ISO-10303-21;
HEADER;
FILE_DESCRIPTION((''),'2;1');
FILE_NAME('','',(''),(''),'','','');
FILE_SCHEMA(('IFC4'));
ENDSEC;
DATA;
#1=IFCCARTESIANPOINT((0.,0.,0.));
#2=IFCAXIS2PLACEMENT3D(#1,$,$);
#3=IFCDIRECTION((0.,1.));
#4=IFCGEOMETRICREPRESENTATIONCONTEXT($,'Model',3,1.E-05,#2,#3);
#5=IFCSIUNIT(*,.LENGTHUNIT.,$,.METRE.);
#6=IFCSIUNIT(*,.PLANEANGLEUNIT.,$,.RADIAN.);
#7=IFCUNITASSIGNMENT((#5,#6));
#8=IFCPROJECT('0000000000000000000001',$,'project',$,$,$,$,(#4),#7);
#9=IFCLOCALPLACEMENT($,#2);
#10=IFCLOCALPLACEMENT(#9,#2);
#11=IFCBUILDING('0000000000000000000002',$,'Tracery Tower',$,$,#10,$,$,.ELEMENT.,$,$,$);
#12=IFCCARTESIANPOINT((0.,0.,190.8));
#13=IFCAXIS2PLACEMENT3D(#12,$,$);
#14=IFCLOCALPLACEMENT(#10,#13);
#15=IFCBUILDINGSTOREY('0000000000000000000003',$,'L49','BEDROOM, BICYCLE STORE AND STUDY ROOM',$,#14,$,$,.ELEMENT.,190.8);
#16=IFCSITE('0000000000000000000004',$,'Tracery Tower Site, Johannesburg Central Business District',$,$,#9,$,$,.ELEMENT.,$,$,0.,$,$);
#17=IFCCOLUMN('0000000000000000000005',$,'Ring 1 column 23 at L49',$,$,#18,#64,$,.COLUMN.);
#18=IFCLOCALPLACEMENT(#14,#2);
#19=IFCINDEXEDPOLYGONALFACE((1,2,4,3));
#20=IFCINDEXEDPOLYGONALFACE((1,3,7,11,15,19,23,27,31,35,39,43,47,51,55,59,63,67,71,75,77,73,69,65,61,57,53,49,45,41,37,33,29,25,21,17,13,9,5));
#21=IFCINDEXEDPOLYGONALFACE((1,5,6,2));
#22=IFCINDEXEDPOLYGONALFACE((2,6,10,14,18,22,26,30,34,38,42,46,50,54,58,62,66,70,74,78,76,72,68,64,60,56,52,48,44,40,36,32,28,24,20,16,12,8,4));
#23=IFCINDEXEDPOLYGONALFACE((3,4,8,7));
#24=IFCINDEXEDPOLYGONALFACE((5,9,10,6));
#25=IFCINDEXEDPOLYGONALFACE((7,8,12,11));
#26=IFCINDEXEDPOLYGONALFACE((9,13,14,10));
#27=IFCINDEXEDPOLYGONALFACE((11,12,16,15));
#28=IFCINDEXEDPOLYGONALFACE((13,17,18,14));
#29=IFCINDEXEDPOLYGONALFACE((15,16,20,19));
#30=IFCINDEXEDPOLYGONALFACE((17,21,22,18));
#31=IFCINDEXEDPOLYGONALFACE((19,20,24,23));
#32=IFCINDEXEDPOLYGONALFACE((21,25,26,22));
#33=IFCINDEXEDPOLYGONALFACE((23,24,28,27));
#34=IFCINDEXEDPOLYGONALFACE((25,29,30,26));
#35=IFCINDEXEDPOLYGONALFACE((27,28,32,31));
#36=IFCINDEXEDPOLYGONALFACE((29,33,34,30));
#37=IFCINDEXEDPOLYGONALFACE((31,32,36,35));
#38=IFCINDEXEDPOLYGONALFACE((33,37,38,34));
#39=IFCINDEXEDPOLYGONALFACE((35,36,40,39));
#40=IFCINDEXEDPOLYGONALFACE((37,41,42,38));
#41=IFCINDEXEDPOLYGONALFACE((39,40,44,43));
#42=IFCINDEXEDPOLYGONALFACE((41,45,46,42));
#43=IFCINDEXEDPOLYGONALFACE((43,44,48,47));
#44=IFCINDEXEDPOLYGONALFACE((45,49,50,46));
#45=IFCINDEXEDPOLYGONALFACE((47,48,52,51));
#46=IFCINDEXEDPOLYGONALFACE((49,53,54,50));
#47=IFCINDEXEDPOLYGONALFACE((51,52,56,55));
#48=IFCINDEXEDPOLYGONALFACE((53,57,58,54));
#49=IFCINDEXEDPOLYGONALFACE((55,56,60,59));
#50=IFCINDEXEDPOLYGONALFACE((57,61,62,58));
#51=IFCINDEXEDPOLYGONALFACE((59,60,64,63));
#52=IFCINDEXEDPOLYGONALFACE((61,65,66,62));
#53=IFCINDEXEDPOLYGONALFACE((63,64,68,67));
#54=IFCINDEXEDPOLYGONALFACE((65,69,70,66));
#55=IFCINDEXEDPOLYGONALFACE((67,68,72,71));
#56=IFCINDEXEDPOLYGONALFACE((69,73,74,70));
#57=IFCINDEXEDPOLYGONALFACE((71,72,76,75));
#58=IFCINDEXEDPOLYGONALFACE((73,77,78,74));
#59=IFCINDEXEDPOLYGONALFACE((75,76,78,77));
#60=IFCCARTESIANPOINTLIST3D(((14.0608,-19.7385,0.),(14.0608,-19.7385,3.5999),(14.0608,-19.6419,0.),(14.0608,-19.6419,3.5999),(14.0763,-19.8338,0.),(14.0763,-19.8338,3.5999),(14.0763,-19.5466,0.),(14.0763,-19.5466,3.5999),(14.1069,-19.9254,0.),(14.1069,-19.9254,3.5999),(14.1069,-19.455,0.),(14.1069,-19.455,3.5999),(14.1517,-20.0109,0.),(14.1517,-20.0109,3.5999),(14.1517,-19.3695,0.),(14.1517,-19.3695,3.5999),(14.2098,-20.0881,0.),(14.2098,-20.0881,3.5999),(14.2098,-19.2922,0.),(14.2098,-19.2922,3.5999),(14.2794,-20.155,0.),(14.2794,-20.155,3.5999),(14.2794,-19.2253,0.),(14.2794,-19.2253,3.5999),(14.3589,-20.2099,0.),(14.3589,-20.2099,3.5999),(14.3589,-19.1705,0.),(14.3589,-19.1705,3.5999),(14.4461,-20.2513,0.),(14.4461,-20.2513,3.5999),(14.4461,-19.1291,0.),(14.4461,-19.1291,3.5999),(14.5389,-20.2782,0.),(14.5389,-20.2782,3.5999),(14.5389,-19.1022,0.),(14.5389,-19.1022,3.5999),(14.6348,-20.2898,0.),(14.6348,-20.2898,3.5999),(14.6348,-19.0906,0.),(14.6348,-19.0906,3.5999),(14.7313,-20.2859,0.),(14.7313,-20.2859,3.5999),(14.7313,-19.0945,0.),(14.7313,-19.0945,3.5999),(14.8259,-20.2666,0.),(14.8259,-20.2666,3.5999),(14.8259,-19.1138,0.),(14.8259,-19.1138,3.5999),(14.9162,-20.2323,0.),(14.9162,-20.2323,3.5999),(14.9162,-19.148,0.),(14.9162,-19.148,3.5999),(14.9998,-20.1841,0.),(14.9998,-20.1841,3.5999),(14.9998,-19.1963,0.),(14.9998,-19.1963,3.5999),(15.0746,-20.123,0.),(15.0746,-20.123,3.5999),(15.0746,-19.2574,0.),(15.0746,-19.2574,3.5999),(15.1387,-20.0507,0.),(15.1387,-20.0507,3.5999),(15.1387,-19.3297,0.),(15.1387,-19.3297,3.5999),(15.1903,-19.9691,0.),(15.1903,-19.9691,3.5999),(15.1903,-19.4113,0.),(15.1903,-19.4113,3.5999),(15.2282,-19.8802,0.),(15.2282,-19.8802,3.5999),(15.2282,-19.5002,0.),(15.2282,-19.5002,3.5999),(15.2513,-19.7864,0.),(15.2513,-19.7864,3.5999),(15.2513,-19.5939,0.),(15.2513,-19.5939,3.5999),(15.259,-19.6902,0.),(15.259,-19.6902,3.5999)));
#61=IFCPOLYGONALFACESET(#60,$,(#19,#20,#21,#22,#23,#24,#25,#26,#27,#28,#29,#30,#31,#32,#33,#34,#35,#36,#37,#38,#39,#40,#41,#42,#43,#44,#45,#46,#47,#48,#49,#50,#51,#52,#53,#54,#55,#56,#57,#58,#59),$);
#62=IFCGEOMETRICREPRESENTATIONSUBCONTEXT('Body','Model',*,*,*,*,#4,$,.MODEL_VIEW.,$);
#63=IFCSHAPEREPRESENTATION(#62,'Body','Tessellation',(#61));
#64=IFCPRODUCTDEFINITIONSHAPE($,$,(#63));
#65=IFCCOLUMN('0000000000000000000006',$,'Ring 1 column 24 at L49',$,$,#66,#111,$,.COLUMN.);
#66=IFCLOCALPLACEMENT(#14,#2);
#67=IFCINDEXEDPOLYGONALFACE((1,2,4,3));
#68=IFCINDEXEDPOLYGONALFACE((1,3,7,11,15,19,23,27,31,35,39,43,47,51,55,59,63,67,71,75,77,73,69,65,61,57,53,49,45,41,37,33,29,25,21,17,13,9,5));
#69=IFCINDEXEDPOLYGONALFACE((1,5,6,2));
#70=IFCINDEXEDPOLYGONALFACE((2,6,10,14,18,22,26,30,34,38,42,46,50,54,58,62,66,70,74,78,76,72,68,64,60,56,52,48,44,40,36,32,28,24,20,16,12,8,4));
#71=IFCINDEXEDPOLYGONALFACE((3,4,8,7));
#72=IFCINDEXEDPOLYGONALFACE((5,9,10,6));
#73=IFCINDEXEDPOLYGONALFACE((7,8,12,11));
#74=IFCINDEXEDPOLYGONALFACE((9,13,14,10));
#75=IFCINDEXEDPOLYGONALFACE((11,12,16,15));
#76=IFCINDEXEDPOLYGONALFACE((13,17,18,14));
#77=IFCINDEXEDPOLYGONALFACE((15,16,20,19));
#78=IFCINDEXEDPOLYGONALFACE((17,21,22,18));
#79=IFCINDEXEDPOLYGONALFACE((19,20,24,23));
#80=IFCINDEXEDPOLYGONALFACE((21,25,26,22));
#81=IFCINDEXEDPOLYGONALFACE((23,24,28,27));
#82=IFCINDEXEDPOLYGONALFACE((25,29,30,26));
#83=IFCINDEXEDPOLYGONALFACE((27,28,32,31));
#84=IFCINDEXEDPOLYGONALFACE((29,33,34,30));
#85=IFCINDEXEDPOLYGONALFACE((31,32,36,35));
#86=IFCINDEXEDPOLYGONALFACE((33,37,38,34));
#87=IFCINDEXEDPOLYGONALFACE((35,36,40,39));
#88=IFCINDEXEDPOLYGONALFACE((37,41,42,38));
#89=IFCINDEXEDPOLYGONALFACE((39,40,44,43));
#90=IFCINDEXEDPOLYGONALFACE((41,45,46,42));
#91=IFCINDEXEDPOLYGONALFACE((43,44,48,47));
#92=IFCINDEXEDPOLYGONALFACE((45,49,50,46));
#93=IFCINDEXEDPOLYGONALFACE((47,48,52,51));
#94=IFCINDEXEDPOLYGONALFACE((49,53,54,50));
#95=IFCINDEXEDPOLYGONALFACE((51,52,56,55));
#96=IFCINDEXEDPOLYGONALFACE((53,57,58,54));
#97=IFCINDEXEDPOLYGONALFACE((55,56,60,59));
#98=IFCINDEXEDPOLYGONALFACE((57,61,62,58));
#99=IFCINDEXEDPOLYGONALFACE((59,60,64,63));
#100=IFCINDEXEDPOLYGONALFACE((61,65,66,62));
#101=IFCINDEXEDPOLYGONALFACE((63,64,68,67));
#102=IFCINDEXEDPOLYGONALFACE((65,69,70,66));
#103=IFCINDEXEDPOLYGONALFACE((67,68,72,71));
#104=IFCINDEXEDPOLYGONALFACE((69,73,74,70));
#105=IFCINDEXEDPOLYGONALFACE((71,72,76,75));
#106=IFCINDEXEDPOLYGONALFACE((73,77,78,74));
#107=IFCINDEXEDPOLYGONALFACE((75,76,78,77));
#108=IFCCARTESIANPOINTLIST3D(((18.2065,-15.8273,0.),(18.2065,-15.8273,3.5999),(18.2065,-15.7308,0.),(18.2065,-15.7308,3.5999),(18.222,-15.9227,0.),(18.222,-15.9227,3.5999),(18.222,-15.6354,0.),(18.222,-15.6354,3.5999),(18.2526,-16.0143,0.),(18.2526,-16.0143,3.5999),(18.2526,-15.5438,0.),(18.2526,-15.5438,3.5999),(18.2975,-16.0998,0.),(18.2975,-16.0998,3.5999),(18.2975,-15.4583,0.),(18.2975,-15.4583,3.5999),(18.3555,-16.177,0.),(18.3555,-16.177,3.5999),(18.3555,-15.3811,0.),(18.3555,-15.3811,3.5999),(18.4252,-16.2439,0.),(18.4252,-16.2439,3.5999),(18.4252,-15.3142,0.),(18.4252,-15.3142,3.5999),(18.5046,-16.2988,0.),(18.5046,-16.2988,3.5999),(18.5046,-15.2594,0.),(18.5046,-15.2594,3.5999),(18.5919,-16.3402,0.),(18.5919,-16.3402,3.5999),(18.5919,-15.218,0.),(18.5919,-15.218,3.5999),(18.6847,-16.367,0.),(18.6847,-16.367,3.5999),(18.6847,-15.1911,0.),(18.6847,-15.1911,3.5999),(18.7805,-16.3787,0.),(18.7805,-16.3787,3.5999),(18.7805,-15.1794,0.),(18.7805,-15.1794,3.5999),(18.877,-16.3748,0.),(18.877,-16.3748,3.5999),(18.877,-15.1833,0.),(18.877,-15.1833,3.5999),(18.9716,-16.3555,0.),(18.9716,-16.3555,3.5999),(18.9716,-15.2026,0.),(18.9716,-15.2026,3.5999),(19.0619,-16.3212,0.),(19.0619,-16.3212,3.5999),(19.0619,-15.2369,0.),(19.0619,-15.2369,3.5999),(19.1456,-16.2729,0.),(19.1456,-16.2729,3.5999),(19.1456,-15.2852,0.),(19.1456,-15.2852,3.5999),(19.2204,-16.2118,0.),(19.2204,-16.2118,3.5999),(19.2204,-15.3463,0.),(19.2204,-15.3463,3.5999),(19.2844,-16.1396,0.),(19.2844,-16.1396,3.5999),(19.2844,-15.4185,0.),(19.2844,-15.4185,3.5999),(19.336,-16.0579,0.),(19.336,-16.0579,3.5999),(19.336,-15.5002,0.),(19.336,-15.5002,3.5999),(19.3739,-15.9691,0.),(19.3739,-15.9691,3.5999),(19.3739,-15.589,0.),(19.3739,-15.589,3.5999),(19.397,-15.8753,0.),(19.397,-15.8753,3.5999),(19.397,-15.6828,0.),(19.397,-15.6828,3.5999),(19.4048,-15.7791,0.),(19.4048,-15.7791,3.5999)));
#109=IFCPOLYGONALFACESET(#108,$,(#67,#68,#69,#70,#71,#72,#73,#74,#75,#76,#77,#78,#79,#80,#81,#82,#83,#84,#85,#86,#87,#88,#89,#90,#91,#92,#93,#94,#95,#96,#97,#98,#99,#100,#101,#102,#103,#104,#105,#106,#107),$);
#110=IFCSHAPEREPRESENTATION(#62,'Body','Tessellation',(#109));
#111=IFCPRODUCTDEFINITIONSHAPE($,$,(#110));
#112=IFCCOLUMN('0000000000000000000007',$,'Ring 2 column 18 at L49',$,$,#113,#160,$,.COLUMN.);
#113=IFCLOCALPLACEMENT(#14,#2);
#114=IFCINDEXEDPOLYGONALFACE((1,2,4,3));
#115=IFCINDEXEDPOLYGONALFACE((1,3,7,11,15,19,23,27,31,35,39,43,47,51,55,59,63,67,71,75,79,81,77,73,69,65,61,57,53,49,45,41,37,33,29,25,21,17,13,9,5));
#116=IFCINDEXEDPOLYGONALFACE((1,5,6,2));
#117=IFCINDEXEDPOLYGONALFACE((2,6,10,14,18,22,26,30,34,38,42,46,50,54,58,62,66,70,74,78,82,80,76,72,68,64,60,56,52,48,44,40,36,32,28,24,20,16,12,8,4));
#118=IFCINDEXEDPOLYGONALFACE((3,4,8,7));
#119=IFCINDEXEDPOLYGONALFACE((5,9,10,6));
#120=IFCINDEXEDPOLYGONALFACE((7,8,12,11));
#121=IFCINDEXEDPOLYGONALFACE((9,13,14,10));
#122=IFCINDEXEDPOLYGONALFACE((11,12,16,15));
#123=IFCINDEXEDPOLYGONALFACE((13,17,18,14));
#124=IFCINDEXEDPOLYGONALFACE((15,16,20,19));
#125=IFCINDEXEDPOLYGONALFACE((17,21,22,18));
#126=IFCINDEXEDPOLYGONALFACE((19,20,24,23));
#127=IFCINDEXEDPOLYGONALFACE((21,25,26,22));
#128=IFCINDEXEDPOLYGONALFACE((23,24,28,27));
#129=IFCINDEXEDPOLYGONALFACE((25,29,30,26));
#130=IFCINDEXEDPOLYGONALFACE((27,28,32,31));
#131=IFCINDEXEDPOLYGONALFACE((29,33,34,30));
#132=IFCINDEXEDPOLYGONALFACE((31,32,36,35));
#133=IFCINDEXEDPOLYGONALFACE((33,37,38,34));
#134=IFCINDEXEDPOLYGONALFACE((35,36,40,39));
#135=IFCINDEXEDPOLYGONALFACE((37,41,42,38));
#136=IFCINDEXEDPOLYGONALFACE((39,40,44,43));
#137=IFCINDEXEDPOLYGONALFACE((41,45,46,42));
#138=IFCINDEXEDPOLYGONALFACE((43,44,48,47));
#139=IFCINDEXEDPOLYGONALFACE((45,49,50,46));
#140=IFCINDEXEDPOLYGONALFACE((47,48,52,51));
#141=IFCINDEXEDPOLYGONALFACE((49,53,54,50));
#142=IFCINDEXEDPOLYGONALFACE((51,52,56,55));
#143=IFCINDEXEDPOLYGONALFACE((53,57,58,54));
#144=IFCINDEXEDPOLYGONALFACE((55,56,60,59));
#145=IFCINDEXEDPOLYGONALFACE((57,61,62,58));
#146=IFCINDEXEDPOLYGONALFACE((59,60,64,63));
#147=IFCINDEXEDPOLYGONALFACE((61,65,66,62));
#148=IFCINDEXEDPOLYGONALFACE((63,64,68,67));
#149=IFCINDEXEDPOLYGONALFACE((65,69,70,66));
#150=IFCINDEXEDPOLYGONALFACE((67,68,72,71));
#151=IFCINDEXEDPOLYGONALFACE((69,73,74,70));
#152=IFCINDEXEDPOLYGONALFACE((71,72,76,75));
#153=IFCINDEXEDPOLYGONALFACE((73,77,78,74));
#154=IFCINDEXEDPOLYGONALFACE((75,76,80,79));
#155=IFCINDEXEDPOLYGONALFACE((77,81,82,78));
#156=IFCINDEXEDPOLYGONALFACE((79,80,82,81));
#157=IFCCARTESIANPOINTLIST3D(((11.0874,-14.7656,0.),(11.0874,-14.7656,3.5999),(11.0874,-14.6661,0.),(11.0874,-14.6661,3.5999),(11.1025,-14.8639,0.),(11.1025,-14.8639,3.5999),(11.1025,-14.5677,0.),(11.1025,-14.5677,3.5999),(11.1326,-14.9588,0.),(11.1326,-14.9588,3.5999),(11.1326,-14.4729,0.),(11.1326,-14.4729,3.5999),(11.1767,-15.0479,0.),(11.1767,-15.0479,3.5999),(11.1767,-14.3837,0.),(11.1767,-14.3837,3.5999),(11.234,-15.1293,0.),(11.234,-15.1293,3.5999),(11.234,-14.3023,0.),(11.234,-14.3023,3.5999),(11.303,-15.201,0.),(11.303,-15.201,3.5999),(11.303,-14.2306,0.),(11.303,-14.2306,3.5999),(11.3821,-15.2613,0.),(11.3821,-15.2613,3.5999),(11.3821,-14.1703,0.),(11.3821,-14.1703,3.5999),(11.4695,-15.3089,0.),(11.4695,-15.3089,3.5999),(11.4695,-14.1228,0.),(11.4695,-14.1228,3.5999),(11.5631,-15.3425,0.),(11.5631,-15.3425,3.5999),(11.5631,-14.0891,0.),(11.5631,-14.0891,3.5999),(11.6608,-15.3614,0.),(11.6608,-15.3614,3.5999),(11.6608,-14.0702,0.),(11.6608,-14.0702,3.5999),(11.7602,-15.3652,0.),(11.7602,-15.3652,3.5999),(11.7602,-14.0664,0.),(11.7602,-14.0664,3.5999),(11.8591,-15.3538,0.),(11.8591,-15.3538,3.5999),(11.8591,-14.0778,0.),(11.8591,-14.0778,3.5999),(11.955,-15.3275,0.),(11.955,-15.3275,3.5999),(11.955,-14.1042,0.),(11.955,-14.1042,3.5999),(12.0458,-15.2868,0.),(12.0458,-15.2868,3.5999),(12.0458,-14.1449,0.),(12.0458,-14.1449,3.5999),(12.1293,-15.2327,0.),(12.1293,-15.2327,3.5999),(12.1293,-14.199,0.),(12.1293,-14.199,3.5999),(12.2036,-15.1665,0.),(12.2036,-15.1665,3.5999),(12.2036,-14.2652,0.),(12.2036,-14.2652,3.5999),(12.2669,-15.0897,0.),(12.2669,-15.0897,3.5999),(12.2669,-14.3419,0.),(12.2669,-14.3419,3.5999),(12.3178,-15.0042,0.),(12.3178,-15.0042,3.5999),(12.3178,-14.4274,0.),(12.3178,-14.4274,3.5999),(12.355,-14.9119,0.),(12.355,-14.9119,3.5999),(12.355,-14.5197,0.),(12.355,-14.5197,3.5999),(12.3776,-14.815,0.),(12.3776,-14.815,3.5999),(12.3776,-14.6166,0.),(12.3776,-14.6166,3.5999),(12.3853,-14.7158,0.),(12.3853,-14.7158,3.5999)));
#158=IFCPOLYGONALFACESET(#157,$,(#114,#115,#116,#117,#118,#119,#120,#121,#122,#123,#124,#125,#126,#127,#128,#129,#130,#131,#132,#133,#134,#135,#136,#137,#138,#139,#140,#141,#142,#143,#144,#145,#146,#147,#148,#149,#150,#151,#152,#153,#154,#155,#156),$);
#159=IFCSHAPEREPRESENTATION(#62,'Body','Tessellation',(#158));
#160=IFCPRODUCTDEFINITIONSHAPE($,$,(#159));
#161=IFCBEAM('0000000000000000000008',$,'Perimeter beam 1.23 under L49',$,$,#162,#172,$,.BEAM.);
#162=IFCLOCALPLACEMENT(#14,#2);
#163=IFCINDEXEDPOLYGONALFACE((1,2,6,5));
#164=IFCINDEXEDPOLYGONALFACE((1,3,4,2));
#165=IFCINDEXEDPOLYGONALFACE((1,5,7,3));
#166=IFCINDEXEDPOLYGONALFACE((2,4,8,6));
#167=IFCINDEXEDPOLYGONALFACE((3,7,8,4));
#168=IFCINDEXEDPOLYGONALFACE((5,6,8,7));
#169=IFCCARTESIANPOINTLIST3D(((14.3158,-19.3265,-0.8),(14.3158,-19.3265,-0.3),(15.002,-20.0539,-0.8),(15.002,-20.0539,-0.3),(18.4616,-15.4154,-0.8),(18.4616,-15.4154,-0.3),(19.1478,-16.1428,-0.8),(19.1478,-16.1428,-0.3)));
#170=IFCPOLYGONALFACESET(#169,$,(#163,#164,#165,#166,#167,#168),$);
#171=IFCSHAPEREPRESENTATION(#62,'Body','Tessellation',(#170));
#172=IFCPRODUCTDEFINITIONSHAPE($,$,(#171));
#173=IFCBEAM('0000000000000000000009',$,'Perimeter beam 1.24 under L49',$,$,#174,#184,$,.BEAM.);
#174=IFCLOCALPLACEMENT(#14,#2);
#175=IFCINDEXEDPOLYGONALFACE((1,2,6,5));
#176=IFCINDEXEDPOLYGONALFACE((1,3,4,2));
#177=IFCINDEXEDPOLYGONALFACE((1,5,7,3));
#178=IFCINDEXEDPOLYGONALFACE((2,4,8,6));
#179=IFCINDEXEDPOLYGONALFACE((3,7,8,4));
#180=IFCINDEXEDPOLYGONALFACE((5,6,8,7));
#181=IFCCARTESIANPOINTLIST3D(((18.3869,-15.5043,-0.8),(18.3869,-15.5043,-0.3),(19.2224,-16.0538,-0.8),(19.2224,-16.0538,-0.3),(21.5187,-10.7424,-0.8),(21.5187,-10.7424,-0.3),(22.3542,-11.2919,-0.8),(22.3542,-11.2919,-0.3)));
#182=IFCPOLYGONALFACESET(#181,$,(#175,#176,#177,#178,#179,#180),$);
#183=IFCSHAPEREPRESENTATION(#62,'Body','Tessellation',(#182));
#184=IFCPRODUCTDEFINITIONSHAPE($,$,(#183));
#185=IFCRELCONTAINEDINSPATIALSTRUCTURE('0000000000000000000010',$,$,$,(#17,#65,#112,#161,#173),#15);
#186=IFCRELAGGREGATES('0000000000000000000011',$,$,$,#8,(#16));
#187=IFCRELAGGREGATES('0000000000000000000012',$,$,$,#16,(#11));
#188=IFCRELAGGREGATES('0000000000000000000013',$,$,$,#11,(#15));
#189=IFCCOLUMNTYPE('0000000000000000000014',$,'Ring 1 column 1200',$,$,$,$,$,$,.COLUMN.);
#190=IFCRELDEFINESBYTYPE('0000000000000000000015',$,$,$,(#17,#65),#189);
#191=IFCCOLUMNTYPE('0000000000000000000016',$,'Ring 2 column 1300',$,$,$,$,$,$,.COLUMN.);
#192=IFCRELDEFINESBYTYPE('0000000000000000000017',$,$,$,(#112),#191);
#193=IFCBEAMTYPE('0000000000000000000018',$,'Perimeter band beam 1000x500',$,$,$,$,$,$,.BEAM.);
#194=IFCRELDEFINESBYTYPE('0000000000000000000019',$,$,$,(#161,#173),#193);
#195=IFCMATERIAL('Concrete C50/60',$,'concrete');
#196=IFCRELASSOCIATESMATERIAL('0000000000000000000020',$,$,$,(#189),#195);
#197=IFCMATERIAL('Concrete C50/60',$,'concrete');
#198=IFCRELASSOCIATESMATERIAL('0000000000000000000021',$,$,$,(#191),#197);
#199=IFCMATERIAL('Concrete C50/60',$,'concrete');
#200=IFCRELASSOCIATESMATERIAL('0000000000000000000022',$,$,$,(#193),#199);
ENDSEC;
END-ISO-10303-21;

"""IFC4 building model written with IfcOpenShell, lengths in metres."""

from ifc_helpers import new_model, si_unit, direction, frame, origin, origin_2d, place, context, subcontext, project, spatial, rectangle, circle, extrude, material, material_profile, profile_set, type_object, element, save


model = new_model("IFC4")

# Units and contexts
model_context = context("Model", 3, precision=1e-05, world=origin(), true_north=direction((0.0, 1.0)))
body_context = subcontext(model_context, "Body", "Model", "MODEL_VIEW")
ifc_project = project(units=[si_unit("LENGTHUNIT", "METRE"), si_unit("PLANEANGLEUNIT", "RADIAN")], contexts=[model_context])

# Site, building, storey
site_placement = place(None, origin())
site = spatial("IfcSite", under=ifc_project, at=site_placement, Name="Tracery Tower Site, Johannesburg Central Business District", CompositionType="ELEMENT", RefElevation=0.0)
building_placement = place(site_placement, origin())
building = spatial("IfcBuilding", under=site, at=building_placement, Name="Tracery Tower", CompositionType="ELEMENT")
storey_placement = place(building_placement, frame((0.0, 0.0, 190.8)))
storey = spatial("IfcBuildingStorey", under=building, at=storey_placement, Name="L49", Description="BEDROOM, BICYCLE STORE AND STUDY ROOM", CompositionType="ELEMENT", Elevation=190.8)

# Columns
ifc_material_1 = material(Name="Concrete C50/60", Category="concrete")
ifc_material_profile_1 = material_profile(ifc_material_1, circle(Radius=0.6001, at=origin_2d()), Name="RC D1200")
ifc_profile_set_1 = profile_set([ifc_material_profile_1], Name="Concrete C50/60")
column_type_1 = type_object("IfcColumnType", Name="Ring 1 column 1200", PredefinedType="COLUMN", material=ifc_profile_set_1)
for number, where, z_axis, x_axis, name in (
    (1, (14.6589, -19.6902, 0.0), (0.0, 0.0, 1.0), (1.0, 0.0, 0.0), "Ring 1 column 23 at L49"),
    (2, (18.8047, -15.7791, 0.0), (0.0, 0.0, 1.0), (1.0, 0.0, 0.0), "Ring 1 column 24 at L49"),
):
    element("IfcColumn", number, at=place(storey_placement, frame(where, z_axis=z_axis, x_axis=x_axis)), inside=storey, type_object=column_type_1, Name=name, PredefinedType="COLUMN", context=body_context, shape_type="SweptSolid", body=[
        extrude(circle(Radius=0.6001, at=origin_2d()), origin(), (0.0, 0.0, 1.0), 3.5999),
    ])
ifc_material_2 = material(Name="Concrete C50/60", Category="concrete")
ifc_material_profile_2 = material_profile(ifc_material_2, circle(Radius=0.6499, at=origin_2d()), Name="RC D1300")
ifc_profile_set_2 = profile_set([ifc_material_profile_2], Name="Concrete C50/60")
column_type_2 = type_object("IfcColumnType", Name="Ring 2 column 1300", PredefinedType="COLUMN", material=ifc_profile_set_2)
column_placement = place(storey_placement, frame((11.7354, -14.7158, 0.0), z_axis=(0.0, 0.0, 1.0), x_axis=(1.0, 0.0, 0.0)))
element("IfcColumn", 3, at=column_placement, inside=storey, type_object=column_type_2, Name="Ring 2 column 18 at L49", PredefinedType="COLUMN", context=body_context, shape_type="SweptSolid", body=[
    extrude(circle(Radius=0.6499, at=origin_2d()), origin(), (0.0, 0.0, 1.0), 3.5999),
])

# Beams
ifc_material_3 = material(Name="Concrete C50/60", Category="concrete")
ifc_material_profile_3 = material_profile(ifc_material_3, rectangle(XDim=1.0, YDim=0.5, at=origin_2d()), Name="RC 1000x500")
ifc_profile_set_3 = profile_set([ifc_material_profile_3], Name="Concrete C50/60")
beam_type = type_object("IfcBeamType", Name="Perimeter band beam 1000x500", PredefinedType="BEAM", material=ifc_profile_set_3)
for number, where, z_axis, x_axis, name in (
    (4, (14.6589, -19.6902, -0.55), (0.72739, 0.686225, 0.0), (-0.686225, 0.72739, 0.0), "Perimeter beam 1.23 under L49"),
    (5, (18.8047, -15.7791, -0.55), (0.54949, 0.8355, 0.0), (-0.8355, 0.54949, 0.0), "Perimeter beam 1.24 under L49"),
):
    element("IfcBeam", number, at=place(storey_placement, frame(where, z_axis=z_axis, x_axis=x_axis)), inside=storey, type_object=beam_type, Name=name, PredefinedType="BEAM", context=body_context, shape_type="SweptSolid", body=[
        extrude(rectangle(XDim=1.0, YDim=0.5, at=origin_2d()), origin(), (0.0, 0.0, 1.0), 5.6995),
    ])

save(model, "model.ifc")
